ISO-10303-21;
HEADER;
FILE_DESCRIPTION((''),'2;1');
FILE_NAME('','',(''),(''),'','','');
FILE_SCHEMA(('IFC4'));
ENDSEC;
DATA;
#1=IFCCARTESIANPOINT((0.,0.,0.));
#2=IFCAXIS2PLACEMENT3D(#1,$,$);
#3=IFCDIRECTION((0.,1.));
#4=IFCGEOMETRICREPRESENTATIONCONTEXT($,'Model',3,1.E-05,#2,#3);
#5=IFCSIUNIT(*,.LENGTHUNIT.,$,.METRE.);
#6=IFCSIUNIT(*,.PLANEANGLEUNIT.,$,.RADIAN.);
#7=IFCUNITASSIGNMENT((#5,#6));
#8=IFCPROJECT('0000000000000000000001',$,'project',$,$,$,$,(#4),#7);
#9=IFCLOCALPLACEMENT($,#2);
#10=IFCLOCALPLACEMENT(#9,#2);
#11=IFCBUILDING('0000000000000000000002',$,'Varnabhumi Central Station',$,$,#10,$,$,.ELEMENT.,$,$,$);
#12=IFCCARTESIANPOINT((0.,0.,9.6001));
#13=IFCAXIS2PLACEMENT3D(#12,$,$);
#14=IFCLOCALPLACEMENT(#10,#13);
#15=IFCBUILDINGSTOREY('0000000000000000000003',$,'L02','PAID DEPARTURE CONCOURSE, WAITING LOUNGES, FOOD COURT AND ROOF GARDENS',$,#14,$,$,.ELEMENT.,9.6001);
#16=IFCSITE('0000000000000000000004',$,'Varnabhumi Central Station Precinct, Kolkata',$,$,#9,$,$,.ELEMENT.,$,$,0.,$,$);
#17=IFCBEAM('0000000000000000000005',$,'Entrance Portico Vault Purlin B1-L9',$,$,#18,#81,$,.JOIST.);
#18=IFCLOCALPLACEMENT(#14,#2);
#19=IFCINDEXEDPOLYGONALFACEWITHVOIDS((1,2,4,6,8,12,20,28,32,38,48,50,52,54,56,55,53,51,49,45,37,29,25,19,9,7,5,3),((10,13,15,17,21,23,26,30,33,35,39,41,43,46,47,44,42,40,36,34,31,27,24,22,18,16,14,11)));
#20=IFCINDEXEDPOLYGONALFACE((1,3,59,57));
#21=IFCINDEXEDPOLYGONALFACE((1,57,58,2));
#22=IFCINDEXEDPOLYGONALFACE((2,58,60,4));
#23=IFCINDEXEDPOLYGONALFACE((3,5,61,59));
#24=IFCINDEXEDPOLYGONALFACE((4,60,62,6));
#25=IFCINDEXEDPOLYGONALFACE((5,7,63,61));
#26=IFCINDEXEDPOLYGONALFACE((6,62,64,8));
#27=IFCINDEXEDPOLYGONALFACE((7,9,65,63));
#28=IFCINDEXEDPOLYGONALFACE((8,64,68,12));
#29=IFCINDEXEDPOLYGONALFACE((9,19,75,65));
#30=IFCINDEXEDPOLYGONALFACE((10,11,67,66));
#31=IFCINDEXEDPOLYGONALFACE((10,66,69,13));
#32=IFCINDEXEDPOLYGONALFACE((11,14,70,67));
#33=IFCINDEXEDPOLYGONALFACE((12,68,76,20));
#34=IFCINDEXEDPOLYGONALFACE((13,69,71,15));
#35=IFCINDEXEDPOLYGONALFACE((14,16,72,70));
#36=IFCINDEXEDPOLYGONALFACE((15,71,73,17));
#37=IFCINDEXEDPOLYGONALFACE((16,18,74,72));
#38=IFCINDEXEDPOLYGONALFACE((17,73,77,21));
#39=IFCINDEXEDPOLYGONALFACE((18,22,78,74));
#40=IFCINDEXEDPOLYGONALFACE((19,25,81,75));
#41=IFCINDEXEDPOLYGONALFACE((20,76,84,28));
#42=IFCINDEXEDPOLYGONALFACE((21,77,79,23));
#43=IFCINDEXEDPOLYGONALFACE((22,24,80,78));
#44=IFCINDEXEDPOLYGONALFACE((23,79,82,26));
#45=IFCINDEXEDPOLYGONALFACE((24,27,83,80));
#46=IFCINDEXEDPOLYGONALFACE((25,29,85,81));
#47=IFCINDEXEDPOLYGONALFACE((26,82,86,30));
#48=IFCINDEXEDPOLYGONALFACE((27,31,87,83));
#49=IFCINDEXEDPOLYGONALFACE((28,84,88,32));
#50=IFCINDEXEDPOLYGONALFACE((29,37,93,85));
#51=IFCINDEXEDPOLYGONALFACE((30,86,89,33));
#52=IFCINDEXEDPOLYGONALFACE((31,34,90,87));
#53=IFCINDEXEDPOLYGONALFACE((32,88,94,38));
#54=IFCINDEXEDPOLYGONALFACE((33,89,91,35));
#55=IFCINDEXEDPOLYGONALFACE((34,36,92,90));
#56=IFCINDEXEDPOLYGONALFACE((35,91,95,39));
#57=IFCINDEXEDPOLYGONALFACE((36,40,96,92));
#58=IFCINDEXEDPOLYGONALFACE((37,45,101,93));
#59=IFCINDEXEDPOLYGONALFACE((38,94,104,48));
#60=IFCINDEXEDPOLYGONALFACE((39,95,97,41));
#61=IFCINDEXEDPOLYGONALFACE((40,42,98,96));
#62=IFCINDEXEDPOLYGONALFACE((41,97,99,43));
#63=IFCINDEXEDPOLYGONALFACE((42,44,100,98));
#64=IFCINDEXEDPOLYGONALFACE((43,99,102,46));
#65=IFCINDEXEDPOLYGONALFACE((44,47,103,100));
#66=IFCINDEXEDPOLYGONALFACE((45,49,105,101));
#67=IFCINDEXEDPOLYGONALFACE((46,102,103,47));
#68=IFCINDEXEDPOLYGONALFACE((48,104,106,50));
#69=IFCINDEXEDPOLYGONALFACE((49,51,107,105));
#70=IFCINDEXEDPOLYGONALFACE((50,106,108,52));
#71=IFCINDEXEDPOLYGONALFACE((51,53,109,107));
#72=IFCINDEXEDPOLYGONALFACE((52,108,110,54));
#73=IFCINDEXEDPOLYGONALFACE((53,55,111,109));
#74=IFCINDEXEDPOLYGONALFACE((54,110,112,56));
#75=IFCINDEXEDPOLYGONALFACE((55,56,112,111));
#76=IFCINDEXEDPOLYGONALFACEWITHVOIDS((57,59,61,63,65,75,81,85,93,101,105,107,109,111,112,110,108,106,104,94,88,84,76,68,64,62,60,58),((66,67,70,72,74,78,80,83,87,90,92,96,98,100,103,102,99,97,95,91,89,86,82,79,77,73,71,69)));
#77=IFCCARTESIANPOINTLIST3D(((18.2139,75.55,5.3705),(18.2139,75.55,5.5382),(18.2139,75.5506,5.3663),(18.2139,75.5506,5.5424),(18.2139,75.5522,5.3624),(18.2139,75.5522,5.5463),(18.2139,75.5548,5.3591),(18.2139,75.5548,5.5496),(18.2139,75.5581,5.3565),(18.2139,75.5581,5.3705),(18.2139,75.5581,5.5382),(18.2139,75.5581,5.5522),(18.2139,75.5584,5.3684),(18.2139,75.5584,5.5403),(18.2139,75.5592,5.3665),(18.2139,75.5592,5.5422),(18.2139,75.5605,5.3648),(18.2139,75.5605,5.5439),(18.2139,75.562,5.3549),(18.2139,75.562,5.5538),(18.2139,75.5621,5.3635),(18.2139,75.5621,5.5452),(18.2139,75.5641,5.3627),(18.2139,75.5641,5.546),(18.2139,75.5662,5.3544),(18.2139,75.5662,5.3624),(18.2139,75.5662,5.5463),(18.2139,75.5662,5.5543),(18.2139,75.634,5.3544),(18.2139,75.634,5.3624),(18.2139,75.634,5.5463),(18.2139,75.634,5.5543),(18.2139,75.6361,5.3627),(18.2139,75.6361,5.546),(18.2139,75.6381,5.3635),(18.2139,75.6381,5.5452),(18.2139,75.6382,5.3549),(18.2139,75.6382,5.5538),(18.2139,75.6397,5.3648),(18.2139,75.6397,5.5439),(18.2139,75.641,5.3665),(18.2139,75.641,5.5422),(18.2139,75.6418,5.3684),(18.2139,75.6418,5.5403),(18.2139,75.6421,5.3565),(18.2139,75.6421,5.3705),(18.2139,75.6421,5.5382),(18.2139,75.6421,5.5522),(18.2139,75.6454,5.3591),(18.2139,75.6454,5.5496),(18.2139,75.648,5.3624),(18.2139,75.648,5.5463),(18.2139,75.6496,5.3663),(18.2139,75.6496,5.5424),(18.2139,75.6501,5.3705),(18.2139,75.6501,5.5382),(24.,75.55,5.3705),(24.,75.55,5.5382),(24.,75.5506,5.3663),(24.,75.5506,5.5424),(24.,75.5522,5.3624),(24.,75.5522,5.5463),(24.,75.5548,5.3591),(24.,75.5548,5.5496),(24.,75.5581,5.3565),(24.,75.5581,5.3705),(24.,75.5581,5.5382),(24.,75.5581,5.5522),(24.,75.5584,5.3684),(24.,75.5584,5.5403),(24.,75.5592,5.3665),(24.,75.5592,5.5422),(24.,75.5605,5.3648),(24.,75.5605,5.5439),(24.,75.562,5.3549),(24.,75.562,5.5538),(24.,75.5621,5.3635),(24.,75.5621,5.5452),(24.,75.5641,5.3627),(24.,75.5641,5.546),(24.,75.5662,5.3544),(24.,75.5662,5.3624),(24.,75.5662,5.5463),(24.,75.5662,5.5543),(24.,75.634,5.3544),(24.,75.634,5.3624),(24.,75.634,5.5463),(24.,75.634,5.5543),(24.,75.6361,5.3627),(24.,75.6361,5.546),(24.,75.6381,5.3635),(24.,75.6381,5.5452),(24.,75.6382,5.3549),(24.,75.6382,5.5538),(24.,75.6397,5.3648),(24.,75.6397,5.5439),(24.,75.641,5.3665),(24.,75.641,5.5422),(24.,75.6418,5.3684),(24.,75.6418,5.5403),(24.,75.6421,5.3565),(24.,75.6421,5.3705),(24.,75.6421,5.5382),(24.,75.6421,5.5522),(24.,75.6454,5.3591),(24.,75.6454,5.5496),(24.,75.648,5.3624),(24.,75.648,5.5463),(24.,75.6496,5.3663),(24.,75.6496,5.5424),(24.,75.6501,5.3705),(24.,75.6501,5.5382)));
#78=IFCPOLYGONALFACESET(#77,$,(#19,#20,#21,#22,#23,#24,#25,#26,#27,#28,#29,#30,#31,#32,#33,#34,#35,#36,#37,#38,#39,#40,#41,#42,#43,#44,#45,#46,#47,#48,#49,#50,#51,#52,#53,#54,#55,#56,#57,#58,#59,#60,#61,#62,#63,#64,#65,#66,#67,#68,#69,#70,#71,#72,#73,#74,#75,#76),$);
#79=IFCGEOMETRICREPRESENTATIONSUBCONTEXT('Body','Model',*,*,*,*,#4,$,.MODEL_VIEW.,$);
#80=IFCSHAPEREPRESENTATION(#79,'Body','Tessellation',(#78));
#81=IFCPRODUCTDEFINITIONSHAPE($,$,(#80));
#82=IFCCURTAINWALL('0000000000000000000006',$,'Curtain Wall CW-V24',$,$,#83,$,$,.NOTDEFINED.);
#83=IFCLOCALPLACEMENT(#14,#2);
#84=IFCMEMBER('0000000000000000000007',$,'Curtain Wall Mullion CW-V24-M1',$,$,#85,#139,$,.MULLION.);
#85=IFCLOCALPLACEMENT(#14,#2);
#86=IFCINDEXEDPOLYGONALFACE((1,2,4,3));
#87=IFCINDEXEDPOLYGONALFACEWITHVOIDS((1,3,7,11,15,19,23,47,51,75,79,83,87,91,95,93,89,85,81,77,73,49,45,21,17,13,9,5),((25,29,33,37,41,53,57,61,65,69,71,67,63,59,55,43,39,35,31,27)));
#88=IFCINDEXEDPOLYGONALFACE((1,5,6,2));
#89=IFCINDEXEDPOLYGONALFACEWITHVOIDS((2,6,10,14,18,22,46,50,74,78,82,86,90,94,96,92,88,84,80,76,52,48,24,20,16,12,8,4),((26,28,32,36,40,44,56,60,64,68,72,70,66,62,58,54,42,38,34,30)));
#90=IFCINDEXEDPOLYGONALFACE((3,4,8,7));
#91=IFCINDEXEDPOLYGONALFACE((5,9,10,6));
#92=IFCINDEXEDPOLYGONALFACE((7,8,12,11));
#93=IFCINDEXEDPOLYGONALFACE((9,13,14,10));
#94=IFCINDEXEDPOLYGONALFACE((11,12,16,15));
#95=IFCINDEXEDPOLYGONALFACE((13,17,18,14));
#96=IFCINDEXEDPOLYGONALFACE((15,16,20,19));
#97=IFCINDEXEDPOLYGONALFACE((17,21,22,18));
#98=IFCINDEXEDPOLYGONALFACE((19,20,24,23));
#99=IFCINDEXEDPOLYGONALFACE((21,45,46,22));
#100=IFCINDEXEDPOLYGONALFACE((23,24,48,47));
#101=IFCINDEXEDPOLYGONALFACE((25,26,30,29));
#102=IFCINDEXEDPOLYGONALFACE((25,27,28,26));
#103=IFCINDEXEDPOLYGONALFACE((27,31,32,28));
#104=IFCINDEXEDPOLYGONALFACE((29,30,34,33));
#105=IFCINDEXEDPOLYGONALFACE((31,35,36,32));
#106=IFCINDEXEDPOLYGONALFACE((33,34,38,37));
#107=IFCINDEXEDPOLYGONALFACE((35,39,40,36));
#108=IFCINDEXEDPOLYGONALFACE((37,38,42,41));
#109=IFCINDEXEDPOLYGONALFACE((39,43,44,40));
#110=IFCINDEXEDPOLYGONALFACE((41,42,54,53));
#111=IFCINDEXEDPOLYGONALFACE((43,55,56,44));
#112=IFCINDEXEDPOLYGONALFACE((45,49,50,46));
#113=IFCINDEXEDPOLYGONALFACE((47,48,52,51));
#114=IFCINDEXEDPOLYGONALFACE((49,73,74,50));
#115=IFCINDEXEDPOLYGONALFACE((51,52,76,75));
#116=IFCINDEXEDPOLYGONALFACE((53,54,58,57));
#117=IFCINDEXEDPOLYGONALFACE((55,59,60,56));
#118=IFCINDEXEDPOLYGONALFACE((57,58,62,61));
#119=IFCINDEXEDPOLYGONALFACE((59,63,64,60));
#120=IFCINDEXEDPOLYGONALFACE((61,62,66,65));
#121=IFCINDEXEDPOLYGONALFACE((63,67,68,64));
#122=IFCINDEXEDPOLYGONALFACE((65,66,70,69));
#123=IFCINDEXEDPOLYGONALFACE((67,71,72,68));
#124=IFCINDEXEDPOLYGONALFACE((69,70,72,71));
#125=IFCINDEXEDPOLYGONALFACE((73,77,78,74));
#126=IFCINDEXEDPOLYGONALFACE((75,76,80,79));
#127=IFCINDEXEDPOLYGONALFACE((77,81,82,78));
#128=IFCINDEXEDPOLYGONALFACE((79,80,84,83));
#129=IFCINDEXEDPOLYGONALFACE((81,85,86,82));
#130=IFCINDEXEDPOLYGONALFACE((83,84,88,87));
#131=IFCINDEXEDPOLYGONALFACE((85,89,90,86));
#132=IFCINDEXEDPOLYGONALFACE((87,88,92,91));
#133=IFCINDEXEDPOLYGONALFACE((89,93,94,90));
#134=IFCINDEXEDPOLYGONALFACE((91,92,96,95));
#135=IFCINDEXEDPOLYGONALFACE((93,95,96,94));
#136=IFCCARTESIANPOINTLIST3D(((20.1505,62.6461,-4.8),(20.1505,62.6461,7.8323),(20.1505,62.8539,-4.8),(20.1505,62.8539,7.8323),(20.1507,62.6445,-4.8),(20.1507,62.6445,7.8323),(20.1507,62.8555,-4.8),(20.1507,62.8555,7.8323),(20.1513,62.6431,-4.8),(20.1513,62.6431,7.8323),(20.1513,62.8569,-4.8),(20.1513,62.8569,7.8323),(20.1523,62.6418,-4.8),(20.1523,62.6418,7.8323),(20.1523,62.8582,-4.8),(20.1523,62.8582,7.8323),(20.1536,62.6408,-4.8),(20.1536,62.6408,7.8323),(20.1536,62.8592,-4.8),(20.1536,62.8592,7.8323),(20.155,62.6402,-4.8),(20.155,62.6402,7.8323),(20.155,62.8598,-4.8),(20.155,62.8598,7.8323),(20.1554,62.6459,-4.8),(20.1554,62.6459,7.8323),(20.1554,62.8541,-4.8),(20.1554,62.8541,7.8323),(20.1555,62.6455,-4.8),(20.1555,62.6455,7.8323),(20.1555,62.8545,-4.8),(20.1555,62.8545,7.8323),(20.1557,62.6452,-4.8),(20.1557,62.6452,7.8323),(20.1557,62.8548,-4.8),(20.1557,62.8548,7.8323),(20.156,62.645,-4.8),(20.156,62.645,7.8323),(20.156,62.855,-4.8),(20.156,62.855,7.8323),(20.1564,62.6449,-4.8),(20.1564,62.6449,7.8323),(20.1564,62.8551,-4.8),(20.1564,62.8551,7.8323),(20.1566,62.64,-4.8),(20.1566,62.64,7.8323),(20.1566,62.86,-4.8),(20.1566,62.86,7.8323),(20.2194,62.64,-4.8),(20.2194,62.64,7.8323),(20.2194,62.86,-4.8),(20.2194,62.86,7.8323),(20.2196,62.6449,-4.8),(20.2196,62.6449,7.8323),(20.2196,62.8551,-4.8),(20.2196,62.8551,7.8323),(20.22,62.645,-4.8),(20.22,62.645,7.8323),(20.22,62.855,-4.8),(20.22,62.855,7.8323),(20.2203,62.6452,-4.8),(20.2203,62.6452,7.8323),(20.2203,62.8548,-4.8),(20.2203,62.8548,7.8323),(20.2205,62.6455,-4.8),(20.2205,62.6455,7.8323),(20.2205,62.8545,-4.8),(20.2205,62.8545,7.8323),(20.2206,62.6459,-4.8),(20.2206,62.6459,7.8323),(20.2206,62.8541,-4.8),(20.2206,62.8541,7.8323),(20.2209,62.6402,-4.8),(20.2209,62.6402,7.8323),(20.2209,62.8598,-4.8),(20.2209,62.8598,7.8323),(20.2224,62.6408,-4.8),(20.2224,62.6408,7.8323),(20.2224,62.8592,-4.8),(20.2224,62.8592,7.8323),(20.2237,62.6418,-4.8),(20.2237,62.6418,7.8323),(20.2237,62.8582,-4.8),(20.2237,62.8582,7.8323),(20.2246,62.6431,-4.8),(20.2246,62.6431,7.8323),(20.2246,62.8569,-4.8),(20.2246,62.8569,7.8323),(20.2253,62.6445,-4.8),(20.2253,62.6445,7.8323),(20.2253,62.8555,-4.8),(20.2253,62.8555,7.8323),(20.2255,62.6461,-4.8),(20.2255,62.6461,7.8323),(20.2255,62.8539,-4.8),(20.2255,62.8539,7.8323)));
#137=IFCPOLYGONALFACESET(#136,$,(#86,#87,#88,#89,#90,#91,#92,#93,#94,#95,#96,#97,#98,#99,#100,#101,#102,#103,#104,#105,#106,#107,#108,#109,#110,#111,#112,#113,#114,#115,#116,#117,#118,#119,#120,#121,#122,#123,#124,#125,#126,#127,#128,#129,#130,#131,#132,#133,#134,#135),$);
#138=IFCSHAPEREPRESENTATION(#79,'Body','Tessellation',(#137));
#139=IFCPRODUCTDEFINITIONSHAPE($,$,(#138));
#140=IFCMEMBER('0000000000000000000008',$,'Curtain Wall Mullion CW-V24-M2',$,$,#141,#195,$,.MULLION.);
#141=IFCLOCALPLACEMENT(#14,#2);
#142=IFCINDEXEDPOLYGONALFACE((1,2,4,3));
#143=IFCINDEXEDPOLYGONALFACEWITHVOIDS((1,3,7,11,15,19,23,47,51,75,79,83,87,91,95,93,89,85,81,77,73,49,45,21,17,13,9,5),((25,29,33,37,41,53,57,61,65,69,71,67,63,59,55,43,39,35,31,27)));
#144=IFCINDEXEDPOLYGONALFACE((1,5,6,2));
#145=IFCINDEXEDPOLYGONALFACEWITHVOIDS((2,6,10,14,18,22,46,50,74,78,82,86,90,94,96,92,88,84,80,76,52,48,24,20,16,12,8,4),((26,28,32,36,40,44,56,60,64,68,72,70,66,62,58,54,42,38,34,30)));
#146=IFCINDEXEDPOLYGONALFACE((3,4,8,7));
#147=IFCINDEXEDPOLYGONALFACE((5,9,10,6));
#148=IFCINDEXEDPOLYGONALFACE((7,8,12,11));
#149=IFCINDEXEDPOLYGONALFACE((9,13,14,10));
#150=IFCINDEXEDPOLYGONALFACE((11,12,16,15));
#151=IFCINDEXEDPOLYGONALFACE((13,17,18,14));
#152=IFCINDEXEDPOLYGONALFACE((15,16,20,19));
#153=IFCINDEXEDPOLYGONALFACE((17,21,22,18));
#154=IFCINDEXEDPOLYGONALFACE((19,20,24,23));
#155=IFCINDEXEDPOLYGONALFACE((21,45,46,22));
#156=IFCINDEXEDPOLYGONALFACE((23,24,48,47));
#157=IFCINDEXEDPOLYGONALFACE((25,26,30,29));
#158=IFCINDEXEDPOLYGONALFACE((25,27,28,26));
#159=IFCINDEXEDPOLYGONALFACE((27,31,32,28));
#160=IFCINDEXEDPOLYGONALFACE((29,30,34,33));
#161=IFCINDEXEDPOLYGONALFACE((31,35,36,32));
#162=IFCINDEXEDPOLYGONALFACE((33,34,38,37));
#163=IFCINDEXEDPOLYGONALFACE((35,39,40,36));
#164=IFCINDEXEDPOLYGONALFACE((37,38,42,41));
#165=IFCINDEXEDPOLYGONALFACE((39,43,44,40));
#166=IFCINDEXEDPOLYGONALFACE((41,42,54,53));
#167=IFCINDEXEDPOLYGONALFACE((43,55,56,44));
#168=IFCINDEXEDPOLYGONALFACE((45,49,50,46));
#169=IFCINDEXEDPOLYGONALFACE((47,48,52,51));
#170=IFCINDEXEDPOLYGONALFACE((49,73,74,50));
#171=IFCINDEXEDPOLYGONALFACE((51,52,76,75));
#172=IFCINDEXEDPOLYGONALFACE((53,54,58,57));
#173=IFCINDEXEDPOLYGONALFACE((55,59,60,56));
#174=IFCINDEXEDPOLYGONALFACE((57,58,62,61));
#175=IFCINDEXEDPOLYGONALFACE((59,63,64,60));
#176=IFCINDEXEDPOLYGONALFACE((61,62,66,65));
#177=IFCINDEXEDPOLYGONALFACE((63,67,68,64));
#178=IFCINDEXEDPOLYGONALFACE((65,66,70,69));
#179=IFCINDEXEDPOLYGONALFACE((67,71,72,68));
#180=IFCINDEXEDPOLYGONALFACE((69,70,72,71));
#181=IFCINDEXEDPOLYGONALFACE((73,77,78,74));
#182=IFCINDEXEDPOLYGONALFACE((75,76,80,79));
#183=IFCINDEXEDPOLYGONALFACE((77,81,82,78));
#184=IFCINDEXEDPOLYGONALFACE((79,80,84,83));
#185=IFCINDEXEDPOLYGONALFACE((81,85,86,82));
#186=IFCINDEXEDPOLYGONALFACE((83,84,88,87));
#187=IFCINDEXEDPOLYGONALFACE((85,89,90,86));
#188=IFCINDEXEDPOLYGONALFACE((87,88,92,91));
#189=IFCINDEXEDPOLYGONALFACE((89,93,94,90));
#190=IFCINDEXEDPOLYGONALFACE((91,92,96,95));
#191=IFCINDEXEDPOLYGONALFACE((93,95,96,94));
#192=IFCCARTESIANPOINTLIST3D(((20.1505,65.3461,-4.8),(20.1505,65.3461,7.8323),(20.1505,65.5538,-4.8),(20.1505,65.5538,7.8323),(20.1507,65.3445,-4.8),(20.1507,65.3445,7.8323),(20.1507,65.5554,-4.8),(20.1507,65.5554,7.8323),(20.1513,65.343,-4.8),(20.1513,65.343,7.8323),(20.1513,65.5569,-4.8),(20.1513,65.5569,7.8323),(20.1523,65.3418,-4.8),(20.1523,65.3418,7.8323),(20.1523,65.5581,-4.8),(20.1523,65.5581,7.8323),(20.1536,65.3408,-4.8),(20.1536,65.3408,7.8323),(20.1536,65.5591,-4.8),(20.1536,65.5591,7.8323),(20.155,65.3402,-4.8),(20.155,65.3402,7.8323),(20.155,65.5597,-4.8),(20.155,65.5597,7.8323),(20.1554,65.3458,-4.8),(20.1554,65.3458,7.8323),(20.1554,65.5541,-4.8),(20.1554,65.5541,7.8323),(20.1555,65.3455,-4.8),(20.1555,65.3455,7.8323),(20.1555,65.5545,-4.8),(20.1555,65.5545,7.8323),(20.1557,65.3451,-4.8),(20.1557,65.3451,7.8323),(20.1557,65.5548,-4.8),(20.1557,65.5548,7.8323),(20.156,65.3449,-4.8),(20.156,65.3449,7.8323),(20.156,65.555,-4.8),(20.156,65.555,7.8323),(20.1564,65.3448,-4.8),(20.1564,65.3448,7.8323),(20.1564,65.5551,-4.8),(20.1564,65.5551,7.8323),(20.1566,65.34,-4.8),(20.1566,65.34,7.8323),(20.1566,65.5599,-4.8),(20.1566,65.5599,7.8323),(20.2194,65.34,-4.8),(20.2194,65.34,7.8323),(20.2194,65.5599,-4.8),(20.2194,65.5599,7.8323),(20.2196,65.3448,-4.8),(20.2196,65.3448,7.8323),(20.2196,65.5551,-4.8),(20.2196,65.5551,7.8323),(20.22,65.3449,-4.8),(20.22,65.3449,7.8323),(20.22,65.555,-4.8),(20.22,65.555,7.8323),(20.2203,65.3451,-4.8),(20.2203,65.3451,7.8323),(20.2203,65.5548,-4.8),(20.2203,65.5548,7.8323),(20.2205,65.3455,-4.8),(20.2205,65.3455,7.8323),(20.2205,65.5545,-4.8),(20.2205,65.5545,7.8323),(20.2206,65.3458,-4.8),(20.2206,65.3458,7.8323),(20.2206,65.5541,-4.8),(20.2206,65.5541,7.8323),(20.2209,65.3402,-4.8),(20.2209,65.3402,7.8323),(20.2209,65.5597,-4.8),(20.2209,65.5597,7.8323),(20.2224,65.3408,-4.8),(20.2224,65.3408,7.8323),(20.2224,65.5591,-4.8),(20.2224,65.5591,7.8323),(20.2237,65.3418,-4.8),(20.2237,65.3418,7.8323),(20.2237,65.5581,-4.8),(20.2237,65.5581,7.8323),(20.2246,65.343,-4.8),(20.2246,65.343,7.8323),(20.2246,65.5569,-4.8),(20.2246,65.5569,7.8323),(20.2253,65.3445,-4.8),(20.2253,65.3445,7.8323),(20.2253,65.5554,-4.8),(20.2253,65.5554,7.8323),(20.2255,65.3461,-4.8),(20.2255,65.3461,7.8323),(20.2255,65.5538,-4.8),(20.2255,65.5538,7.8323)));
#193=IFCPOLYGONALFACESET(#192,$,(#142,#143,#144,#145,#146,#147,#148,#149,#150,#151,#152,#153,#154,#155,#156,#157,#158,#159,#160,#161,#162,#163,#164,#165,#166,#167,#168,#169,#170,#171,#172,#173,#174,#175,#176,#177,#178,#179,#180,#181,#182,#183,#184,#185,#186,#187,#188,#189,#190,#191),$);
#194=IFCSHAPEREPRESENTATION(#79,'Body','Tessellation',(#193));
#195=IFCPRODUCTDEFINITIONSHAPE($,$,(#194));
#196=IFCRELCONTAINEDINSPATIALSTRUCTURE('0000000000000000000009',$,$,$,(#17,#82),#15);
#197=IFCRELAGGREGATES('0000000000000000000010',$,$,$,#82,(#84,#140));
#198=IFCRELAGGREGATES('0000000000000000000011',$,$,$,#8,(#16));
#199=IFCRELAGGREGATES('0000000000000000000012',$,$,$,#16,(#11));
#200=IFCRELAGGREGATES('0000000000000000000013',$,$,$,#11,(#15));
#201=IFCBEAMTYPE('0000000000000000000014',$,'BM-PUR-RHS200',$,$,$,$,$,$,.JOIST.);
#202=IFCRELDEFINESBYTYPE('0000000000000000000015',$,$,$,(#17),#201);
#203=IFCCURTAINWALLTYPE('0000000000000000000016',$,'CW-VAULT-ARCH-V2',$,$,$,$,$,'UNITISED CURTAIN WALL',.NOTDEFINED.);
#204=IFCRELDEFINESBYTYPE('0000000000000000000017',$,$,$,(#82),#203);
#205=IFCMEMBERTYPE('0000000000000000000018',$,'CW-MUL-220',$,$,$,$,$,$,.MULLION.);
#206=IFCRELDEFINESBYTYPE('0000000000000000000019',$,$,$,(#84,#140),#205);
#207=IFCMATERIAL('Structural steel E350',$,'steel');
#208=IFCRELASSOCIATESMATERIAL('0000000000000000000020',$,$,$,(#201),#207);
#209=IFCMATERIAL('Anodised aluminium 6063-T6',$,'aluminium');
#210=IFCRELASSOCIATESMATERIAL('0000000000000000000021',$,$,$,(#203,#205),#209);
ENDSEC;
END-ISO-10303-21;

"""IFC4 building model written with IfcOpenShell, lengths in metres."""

from ifc_helpers import new_model, si_unit, direction, frame, origin, origin_2d, place, context, subcontext, project, spatial, hollow_rectangle, extrude, material, material_profile, profile_set, type_object, element, aggregate, save


model = new_model("IFC4")

# Units and contexts
model_context = context("Model", 3, precision=1e-05, world=origin(), true_north=direction((0.0, 1.0)))
body_context = subcontext(model_context, "Body", "Model", "MODEL_VIEW")
ifc_project = project(units=[si_unit("LENGTHUNIT", "METRE"), si_unit("PLANEANGLEUNIT", "RADIAN")], contexts=[model_context])

# Site, building, storey
site_placement = place(None, origin())
site = spatial("IfcSite", under=ifc_project, at=site_placement, Name="Varnabhumi Central Station Precinct, Kolkata", CompositionType="ELEMENT", RefElevation=0.0)
building_placement = place(site_placement, origin())
building = spatial("IfcBuilding", under=site, at=building_placement, Name="Varnabhumi Central Station", CompositionType="ELEMENT")
storey_placement = place(building_placement, frame((0.0, 0.0, 9.6001)))
storey = spatial("IfcBuildingStorey", under=building, at=storey_placement, Name="L02", Description="PAID DEPARTURE CONCOURSE, WAITING LOUNGES, FOOD COURT AND ROOF GARDENS", CompositionType="ELEMENT", Elevation=9.6001)

# Beam
ifc_material_1 = material(Name="Structural steel E350", Category="steel")
ifc_material_profile_1 = material_profile(ifc_material_1, hollow_rectangle(XDim=0.1001, YDim=0.2, WallThickness=0.0081, InnerFilletRadius=0.0081, OuterFilletRadius=0.0161, at=origin_2d()), Name="Structural steel E350", Category="steel")
ifc_profile_set_1 = profile_set([ifc_material_profile_1], Name="Structural steel E350")
beam_type_1 = type_object("IfcBeamType", Name="BM-PUR-RHS200", PredefinedType="JOIST", material=ifc_profile_set_1)
beam_1_placement = place(storey_placement, frame((18.2139, 75.6001, 5.4543), z_axis=(1.0, 0.0, 0.0), x_axis=(0.0, 1.0, 0.0)))
element("IfcBeam", 1, at=beam_1_placement, inside=storey, type_object=beam_type_1, Name="Entrance Portico Vault Purlin B1-L9", PredefinedType="JOIST", context=body_context, shape_type="SweptSolid", body=[
    extrude(hollow_rectangle(XDim=0.1001, YDim=0.2, WallThickness=0.0081, InnerFilletRadius=0.0081, OuterFilletRadius=0.0161, at=origin_2d()), origin(), (0.0, 0.0, 1.0), 5.7861),
])

# Curtain wall, members
ifc_material_2 = material(Name="Anodised aluminium 6063-T6", Category="aluminium")
curtain_wall_type = type_object("IfcCurtainWallType", Name="CW-VAULT-ARCH-V2", ElementType="UNITISED CURTAIN WALL", PredefinedType="NOTDEFINED", material=ifc_material_2)
curtain_wall_1_placement = place(storey_placement, origin())
curtain_wall_1 = element("IfcCurtainWall", 2, at=curtain_wall_1_placement, inside=storey, type_object=curtain_wall_type, Name="Curtain Wall CW-V24", PredefinedType="NOTDEFINED")
ifc_material_profile_2 = material_profile(ifc_material_2, hollow_rectangle(XDim=0.075, YDim=0.22, WallThickness=0.0049, InnerFilletRadius=0.001, OuterFilletRadius=0.0061, at=origin_2d()), Name="Anodised aluminium 6063-T6", Category="aluminium")
ifc_profile_set_2 = profile_set([ifc_material_profile_2], Name="Anodised aluminium 6063-T6")
member_type_1 = type_object("IfcMemberType", Name="CW-MUL-220", PredefinedType="MULLION", material=ifc_profile_set_2)
member_1_placement = place(storey_placement, frame((20.188, 62.75, -4.8), z_axis=(0.0, 0.0, 1.0), x_axis=(1.0, 0.0, 0.0)))
member_1 = element("IfcMember", 3, at=member_1_placement, type_object=member_type_1, Name="Curtain Wall Mullion CW-V24-M1", PredefinedType="MULLION", context=body_context, shape_type="SweptSolid", body=[
    extrude(hollow_rectangle(XDim=0.075, YDim=0.22, WallThickness=0.0049, InnerFilletRadius=0.001, OuterFilletRadius=0.0061, at=origin_2d()), origin(), (0.0, 0.0, 1.0), 12.6323),
])
member_2_placement = place(storey_placement, frame((20.188, 65.45, -4.8), z_axis=(0.0, 0.0, 1.0), x_axis=(1.0, 0.0, 0.0)))
member_2 = element("IfcMember", 4, at=member_2_placement, type_object=member_type_1, Name="Curtain Wall Mullion CW-V24-M2", PredefinedType="MULLION", context=body_context, shape_type="SweptSolid", body=[
    extrude(hollow_rectangle(XDim=0.075, YDim=0.22, WallThickness=0.0049, InnerFilletRadius=0.001, OuterFilletRadius=0.0061, at=origin_2d()), origin(), (0.0, 0.0, 1.0), 12.6323),
])

aggregate(curtain_wall_1, [member_1, member_2])

save(model, "model.ifc")
